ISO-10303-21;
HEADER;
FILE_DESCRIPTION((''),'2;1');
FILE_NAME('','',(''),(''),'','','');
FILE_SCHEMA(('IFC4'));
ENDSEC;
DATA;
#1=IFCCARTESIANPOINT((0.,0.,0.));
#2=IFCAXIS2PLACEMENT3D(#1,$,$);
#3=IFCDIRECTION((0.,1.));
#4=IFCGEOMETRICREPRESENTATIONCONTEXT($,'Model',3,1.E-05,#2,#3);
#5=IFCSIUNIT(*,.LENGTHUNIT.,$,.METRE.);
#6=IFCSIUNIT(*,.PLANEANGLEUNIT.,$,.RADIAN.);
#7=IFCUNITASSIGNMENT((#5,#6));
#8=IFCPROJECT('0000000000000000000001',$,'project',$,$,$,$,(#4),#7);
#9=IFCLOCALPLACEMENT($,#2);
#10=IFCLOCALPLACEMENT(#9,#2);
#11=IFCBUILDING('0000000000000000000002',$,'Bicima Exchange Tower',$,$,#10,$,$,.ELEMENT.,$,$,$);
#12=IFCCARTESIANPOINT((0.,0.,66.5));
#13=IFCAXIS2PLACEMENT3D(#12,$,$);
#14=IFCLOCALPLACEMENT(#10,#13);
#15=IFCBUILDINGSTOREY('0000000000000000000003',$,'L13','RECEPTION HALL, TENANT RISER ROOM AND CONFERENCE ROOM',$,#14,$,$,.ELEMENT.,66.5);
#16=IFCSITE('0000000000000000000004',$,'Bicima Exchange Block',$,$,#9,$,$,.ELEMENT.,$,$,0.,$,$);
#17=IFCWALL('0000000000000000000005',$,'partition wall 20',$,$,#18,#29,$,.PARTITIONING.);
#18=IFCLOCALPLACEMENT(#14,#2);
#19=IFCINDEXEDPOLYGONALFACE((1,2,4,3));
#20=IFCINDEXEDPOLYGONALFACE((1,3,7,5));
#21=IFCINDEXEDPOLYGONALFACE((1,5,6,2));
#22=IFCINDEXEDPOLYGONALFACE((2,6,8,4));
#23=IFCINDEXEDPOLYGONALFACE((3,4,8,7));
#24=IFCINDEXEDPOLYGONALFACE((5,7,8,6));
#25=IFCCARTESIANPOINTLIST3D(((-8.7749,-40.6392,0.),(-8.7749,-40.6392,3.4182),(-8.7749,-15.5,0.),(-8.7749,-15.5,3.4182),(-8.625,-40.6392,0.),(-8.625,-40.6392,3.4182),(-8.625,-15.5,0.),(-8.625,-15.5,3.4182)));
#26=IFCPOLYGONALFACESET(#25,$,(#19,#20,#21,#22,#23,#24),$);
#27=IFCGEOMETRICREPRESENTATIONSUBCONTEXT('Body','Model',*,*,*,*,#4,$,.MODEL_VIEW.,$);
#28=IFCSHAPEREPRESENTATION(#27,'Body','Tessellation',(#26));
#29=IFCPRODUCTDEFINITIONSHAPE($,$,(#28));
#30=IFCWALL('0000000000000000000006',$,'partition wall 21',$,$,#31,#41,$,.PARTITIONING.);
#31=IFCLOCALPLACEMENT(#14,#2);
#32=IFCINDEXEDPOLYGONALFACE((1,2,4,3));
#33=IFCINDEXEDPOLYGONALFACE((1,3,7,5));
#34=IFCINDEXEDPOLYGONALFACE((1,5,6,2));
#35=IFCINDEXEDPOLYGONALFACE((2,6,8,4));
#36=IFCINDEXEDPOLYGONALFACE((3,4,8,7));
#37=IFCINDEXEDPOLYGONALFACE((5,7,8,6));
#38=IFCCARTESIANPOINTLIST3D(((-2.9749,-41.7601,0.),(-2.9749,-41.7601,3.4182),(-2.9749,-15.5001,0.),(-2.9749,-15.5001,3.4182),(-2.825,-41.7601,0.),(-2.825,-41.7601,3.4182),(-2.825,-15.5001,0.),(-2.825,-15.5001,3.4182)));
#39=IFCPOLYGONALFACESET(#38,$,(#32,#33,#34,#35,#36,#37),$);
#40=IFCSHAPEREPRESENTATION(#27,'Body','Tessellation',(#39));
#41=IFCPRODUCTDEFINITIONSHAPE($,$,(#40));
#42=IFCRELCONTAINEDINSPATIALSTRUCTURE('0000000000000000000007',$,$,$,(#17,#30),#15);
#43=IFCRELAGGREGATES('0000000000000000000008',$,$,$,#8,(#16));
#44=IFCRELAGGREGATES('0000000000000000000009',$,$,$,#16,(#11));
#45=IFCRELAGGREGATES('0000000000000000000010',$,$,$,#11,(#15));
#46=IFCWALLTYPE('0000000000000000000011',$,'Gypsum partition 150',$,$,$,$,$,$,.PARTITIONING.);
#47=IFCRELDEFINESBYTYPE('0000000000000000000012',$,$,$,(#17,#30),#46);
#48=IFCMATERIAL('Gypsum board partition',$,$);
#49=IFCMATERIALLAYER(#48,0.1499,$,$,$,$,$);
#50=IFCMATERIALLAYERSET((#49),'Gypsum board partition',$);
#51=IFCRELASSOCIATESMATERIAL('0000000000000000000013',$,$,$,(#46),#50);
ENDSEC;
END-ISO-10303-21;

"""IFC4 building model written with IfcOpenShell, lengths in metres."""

from ifc_helpers import new_model, si_unit, direction, frame, frame_2d, origin, place, context, subcontext, project, spatial, rectangle, extrude, material, layer, layer_set, type_object, element, save


model = new_model("IFC4")

# Units and contexts
model_context = context("Model", 3, precision=1e-05, world=origin(), true_north=direction((0.0, 1.0)))
body_context = subcontext(model_context, "Body", "Model", "MODEL_VIEW")
ifc_project = project(units=[si_unit("LENGTHUNIT", "METRE"), si_unit("PLANEANGLEUNIT", "RADIAN")], contexts=[model_context])

# Site, building, storey
site_placement = place(None, origin())
site = spatial("IfcSite", under=ifc_project, at=site_placement, Name="Bicima Exchange Block", CompositionType="ELEMENT", RefElevation=0.0)
building_placement = place(site_placement, origin())
building = spatial("IfcBuilding", under=site, at=building_placement, Name="Bicima Exchange Tower", CompositionType="ELEMENT")
storey_placement = place(building_placement, frame((0.0, 0.0, 66.5)))
storey = spatial("IfcBuildingStorey", under=building, at=storey_placement, Name="L13", Description="RECEPTION HALL, TENANT RISER ROOM AND CONFERENCE ROOM", CompositionType="ELEMENT", Elevation=66.5)

# Walls
ifc_material_1 = material(Name="Gypsum board partition")
ifc_layer_1 = layer(ifc_material_1, 0.1499)
ifc_layer_set_1 = layer_set([ifc_layer_1], Name="Gypsum board partition")
wall_type = type_object("IfcWallType", Name="Gypsum partition 150", PredefinedType="PARTITIONING", material=ifc_layer_set_1)
wall_1_placement = place(storey_placement, frame((-8.7, -40.6392, 0.0), z_axis=(0.0, 0.0, 1.0), x_axis=(0.0, 1.0, 0.0)))
element("IfcWall", 1, at=wall_1_placement, inside=storey, type_object=wall_type, Name="partition wall 20", PredefinedType="PARTITIONING", context=body_context, shape_type="SweptSolid", body=[
    extrude(rectangle(XDim=25.1392, YDim=0.1499, at=frame_2d((12.5696, 0.0))), origin(), (0.0, 0.0, 1.0), 3.4182),
])
wall_2_placement = place(storey_placement, frame((-2.8999, -41.76, 0.0), z_axis=(0.0, 0.0, 1.0), x_axis=(0.0, 1.0, 0.0)))
element("IfcWall", 2, at=wall_2_placement, inside=storey, type_object=wall_type, Name="partition wall 21", PredefinedType="PARTITIONING", context=body_context, shape_type="SweptSolid", body=[
    extrude(rectangle(XDim=26.26, YDim=0.1499, at=frame_2d((13.1299, 0.0))), origin(), (0.0, 0.0, 1.0), 3.4182),
])

save(model, "model.ifc")
